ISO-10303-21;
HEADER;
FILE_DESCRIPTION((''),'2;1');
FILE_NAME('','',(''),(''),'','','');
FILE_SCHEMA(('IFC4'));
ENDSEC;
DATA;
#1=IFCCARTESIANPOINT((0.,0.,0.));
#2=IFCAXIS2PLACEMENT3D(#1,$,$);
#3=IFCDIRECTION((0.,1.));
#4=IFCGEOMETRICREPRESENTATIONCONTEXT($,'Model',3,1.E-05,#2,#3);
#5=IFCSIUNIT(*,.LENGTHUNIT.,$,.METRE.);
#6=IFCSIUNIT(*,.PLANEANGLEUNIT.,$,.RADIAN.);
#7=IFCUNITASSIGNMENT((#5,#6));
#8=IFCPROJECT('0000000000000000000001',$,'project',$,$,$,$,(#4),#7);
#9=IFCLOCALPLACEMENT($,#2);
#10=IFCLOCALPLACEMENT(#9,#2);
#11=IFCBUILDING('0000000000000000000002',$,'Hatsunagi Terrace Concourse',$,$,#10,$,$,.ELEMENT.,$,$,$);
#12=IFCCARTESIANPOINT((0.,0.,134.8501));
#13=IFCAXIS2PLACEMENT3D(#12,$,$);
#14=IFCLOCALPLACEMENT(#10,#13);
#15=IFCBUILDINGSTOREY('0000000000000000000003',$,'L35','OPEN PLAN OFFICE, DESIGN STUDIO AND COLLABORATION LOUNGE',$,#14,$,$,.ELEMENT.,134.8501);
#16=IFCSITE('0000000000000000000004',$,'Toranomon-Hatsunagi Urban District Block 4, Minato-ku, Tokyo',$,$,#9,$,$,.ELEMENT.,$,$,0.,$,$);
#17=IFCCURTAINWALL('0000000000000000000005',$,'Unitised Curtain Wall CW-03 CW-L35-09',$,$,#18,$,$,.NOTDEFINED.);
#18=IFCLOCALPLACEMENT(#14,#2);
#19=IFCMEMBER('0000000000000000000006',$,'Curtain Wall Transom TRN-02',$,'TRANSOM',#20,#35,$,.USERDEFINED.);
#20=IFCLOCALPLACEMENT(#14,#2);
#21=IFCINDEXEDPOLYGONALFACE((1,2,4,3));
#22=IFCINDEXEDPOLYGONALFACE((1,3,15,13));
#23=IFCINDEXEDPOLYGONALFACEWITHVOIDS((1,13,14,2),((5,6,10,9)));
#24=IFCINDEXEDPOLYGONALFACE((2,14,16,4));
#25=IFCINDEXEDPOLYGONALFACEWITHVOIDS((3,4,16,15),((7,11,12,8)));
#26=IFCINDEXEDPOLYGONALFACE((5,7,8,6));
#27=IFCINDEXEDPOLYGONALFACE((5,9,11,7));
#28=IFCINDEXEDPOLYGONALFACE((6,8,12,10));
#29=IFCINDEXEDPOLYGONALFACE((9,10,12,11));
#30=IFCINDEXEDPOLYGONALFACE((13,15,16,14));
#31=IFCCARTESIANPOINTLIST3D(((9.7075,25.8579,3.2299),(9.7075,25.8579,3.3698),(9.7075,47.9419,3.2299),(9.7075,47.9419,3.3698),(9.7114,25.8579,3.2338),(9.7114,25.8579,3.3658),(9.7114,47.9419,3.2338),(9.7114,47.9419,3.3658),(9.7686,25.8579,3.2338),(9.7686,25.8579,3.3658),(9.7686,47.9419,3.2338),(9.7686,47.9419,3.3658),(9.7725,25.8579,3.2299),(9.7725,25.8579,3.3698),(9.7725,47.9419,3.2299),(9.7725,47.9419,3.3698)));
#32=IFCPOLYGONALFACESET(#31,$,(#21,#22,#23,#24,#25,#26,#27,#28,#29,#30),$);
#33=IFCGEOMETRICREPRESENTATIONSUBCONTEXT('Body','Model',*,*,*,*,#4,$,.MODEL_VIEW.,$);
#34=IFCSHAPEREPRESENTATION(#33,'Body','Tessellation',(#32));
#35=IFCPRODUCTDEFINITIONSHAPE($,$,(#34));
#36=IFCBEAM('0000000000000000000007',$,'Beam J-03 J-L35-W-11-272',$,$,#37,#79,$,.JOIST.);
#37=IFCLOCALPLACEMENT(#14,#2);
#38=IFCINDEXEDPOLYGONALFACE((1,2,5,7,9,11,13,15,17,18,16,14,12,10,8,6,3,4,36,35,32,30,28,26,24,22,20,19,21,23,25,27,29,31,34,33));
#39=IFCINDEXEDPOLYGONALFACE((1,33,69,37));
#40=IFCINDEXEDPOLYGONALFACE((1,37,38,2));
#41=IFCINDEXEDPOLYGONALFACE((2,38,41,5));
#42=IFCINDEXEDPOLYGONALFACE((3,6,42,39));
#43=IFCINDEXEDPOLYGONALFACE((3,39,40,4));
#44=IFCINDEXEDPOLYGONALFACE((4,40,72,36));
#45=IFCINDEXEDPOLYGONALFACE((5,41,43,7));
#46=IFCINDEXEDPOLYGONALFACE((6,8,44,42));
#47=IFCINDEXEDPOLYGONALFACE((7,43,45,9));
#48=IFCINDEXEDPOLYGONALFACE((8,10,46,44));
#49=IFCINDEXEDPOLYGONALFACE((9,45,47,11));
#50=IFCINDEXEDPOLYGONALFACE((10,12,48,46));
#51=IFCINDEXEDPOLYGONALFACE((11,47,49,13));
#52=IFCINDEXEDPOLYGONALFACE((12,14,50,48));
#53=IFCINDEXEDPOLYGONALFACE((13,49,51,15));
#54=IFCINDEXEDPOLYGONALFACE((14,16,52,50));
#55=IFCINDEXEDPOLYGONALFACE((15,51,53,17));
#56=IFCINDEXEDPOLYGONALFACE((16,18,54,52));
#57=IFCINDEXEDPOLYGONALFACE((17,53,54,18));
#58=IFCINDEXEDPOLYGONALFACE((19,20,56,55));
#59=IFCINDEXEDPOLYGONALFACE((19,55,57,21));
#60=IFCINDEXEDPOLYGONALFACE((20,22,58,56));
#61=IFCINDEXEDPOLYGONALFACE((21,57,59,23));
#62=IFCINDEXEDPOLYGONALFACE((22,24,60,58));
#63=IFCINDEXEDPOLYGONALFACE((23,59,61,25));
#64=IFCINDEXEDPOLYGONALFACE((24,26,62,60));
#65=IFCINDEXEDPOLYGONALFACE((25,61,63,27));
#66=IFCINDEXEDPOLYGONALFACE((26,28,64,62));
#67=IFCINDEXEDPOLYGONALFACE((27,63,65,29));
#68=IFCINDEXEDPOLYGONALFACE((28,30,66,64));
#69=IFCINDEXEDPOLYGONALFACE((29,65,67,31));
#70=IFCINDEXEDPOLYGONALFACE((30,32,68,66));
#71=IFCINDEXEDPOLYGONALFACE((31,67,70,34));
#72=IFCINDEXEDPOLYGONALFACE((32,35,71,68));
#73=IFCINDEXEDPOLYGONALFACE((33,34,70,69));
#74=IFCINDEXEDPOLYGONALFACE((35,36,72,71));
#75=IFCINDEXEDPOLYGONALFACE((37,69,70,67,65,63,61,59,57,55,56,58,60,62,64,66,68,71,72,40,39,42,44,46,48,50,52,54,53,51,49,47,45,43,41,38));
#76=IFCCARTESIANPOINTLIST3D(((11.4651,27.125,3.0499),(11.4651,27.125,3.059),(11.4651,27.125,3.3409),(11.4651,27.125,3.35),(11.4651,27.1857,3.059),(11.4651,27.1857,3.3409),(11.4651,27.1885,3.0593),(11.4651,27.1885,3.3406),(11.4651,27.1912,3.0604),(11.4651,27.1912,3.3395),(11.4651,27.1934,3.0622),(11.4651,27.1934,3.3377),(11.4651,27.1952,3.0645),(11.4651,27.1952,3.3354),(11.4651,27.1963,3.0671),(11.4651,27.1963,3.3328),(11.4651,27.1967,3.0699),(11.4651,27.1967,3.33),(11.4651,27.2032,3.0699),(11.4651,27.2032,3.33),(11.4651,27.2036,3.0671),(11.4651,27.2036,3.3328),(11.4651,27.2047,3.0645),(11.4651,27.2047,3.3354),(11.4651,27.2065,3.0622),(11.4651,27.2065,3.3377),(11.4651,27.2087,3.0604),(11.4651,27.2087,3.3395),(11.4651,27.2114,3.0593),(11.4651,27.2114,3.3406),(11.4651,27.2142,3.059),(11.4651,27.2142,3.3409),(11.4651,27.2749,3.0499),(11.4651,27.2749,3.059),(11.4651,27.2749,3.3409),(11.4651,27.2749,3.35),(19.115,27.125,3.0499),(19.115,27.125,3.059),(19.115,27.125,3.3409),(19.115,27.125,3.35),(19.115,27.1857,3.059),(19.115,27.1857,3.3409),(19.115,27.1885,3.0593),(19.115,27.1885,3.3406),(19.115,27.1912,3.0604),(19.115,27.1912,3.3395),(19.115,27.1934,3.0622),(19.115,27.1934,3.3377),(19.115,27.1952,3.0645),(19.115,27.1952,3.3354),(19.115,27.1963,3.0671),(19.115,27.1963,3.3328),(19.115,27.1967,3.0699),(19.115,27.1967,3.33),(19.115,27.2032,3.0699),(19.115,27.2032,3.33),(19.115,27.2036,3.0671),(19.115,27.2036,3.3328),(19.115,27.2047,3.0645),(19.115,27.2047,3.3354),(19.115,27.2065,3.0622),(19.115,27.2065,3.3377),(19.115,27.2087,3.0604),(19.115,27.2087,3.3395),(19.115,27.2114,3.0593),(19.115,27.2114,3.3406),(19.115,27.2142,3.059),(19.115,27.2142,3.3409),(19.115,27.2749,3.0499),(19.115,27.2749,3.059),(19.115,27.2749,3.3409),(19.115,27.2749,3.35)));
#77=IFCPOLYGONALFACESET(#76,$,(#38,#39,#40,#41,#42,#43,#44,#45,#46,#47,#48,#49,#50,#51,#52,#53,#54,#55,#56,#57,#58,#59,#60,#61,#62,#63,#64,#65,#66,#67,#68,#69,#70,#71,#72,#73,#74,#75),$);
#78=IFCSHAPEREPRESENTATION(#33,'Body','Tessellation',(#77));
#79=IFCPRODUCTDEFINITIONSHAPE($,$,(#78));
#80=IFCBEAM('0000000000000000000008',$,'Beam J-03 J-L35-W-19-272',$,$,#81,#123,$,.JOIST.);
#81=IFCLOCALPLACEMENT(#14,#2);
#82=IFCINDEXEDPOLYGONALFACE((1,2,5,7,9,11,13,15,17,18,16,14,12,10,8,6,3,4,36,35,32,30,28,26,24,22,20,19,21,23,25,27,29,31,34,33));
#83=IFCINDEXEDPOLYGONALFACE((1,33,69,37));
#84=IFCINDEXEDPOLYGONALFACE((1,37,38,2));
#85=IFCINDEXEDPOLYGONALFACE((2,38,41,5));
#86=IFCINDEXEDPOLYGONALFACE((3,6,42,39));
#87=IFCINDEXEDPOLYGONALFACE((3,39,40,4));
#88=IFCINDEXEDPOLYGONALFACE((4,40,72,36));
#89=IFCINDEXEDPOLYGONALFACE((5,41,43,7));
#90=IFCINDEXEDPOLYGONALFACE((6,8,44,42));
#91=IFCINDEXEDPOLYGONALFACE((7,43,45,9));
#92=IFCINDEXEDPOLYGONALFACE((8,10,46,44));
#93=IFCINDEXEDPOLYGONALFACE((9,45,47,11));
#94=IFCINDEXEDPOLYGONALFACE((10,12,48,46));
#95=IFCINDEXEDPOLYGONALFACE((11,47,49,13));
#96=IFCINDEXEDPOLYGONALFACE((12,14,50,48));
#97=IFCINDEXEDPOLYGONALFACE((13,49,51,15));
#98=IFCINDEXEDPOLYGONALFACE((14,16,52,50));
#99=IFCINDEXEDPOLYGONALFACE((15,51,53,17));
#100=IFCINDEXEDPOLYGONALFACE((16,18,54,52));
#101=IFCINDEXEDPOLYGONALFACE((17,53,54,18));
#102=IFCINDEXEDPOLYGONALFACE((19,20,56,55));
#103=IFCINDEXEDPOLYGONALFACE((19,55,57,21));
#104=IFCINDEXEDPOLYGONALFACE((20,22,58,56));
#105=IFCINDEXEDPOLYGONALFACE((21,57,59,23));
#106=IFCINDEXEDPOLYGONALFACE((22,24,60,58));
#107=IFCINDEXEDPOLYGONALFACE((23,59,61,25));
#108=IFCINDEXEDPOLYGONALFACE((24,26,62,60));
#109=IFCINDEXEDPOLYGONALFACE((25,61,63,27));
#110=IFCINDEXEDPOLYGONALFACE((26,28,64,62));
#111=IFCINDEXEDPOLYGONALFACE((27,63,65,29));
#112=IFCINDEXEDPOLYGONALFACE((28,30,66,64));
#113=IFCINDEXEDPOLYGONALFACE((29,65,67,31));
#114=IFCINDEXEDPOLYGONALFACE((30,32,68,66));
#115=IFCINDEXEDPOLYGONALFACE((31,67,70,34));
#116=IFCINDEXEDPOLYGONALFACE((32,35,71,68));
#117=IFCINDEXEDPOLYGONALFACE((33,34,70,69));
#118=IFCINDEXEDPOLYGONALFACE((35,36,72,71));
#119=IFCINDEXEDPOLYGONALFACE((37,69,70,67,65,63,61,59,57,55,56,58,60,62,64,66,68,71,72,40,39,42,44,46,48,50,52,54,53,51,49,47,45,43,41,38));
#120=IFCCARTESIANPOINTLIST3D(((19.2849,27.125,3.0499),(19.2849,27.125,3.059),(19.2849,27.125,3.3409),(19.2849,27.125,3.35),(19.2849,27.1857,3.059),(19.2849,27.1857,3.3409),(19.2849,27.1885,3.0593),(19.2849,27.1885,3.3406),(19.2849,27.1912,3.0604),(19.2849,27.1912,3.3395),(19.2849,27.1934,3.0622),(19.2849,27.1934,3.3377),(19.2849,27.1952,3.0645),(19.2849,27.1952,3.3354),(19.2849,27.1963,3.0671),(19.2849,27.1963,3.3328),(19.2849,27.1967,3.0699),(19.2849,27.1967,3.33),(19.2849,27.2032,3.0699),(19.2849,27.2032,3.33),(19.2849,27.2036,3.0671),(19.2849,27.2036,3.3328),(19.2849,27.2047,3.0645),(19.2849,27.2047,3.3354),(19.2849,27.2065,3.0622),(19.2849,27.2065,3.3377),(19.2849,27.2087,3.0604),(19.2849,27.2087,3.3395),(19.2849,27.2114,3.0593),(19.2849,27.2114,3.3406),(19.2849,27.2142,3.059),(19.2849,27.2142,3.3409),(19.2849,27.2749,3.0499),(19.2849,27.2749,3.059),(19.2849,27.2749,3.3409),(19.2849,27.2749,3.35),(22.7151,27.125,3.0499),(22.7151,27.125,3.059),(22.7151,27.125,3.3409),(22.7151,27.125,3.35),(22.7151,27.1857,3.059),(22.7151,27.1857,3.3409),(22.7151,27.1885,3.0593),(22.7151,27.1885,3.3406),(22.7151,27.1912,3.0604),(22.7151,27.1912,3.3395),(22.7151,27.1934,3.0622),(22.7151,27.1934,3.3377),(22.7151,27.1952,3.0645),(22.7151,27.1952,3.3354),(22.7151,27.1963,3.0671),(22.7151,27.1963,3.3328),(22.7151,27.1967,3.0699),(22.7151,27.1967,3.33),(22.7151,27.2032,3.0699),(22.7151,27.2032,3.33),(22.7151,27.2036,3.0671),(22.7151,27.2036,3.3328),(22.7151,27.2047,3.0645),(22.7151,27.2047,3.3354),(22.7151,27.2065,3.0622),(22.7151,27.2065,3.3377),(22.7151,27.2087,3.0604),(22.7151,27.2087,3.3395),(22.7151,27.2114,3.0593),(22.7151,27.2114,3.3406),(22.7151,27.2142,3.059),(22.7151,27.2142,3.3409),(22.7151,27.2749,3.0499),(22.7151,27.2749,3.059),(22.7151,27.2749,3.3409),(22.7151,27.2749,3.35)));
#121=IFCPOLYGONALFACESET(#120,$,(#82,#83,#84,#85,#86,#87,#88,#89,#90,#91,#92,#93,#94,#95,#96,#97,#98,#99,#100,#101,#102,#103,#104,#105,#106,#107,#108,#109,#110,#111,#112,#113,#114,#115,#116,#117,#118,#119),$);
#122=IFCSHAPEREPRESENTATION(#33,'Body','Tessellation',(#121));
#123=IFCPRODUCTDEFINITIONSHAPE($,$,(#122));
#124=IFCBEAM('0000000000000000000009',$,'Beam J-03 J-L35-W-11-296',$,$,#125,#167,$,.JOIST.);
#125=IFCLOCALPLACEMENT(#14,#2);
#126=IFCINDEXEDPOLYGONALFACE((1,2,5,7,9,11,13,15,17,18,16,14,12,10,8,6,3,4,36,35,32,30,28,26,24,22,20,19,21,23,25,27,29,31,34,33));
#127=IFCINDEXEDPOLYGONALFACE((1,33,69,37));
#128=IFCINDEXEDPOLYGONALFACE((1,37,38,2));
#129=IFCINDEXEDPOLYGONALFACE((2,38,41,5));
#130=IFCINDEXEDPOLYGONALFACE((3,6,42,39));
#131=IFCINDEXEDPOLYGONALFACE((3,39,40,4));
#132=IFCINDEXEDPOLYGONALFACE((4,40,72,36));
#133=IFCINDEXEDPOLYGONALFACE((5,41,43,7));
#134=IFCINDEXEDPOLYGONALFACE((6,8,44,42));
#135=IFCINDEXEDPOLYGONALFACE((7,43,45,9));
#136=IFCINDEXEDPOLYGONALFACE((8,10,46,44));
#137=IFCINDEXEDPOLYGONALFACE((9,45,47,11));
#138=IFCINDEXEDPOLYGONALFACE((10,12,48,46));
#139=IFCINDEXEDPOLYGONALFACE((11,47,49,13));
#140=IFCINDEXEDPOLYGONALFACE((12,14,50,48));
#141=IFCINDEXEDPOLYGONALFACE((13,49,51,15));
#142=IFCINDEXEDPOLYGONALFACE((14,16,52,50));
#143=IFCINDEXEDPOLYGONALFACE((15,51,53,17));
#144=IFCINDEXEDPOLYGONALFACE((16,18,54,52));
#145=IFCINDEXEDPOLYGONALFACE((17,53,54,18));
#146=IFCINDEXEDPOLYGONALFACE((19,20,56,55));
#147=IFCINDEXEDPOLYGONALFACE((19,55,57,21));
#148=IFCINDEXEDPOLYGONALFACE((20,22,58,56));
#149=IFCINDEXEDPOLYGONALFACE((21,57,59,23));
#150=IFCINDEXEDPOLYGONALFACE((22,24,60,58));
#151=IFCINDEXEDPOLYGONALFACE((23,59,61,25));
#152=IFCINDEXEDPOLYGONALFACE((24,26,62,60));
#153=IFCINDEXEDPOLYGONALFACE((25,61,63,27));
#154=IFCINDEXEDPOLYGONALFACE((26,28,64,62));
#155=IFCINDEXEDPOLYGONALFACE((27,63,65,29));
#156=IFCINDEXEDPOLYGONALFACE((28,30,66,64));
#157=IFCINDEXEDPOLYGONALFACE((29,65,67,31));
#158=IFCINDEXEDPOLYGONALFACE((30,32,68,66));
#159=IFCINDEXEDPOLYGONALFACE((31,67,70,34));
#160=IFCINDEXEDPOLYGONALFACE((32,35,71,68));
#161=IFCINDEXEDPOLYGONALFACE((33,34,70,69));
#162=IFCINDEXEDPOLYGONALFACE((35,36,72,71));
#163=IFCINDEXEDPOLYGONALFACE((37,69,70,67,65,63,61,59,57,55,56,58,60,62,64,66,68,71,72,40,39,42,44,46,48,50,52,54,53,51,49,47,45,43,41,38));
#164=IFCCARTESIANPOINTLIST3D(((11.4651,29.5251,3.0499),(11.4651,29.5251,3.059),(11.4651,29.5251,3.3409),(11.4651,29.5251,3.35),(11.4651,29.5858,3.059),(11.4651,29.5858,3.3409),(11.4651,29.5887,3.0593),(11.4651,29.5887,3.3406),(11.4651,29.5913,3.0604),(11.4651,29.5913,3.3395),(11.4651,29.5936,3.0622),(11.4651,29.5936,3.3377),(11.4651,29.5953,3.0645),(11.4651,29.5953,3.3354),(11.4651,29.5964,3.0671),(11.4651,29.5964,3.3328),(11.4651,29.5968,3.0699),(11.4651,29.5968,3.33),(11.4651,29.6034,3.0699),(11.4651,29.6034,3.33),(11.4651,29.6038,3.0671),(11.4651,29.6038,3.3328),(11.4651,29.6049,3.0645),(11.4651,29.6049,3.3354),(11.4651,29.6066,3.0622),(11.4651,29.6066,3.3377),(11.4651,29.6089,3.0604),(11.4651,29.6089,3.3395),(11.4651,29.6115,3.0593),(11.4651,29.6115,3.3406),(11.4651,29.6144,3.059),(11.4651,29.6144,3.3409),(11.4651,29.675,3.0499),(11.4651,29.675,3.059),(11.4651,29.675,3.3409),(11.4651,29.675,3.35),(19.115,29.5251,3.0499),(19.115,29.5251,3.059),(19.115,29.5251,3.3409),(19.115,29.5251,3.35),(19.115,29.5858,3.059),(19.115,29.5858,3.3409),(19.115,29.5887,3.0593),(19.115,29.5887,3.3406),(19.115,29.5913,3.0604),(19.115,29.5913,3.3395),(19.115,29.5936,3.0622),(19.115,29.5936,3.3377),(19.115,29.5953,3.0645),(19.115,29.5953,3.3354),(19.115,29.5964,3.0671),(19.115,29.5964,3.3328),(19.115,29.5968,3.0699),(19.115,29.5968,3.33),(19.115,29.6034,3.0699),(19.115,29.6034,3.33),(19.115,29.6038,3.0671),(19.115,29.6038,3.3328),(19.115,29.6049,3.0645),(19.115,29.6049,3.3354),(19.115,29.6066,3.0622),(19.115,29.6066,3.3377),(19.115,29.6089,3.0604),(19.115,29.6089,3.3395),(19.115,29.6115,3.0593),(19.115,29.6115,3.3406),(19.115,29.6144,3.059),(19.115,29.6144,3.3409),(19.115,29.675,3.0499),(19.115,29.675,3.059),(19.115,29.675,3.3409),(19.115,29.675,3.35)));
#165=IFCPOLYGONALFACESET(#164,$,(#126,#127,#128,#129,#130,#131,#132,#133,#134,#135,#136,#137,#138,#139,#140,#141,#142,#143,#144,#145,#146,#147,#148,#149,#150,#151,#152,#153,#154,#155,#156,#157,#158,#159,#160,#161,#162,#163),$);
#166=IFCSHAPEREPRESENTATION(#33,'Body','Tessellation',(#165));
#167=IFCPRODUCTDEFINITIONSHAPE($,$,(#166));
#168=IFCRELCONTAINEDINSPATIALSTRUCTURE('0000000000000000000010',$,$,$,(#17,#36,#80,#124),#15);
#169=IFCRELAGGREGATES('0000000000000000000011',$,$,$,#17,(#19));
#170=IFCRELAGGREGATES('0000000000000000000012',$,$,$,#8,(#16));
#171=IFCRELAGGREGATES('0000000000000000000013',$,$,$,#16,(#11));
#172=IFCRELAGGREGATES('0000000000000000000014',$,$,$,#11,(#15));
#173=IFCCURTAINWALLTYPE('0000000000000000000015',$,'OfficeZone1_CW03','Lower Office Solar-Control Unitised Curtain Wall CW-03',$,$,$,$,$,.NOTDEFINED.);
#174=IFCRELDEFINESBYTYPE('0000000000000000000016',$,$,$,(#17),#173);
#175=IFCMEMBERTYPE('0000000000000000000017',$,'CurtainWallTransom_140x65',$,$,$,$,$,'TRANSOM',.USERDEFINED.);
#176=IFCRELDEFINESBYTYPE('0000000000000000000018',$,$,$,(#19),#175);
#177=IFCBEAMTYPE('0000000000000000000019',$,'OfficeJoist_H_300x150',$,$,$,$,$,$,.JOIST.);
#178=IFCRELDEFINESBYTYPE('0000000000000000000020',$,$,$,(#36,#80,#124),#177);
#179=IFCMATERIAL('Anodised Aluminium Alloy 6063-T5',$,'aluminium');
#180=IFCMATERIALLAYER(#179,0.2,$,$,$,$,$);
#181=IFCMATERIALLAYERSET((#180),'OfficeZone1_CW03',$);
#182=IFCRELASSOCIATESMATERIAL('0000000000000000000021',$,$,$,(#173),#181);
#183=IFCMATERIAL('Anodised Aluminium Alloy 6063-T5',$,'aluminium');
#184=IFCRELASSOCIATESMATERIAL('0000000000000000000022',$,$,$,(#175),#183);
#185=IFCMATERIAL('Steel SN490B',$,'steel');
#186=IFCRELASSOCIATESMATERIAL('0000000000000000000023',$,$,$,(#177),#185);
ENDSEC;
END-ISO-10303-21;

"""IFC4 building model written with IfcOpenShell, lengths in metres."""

from ifc_helpers import new_model, si_unit, direction, frame, origin, origin_2d, place, context, subcontext, project, spatial, hollow_rectangle, i_section, extrude, material, layer, layer_set, material_profile, profile_set, type_object, element, aggregate, save


model = new_model("IFC4")

# Units and contexts
model_context = context("Model", 3, precision=1e-05, world=origin(), true_north=direction((0.0, 1.0)))
body_context = subcontext(model_context, "Body", "Model", "MODEL_VIEW")
ifc_project = project(units=[si_unit("LENGTHUNIT", "METRE"), si_unit("PLANEANGLEUNIT", "RADIAN")], contexts=[model_context])

# Site, building, storey
site_placement = place(None, origin())
site = spatial("IfcSite", under=ifc_project, at=site_placement, Name="Toranomon-Hatsunagi Urban District Block 4, Minato-ku, Tokyo", CompositionType="ELEMENT", RefElevation=0.0)
building_placement = place(site_placement, origin())
building = spatial("IfcBuilding", under=site, at=building_placement, Name="Hatsunagi Terrace Concourse", CompositionType="ELEMENT")
storey_placement = place(building_placement, frame((0.0, 0.0, 134.8501)))
storey = spatial("IfcBuildingStorey", under=building, at=storey_placement, Name="L35", Description="OPEN PLAN OFFICE, DESIGN STUDIO AND COLLABORATION LOUNGE", CompositionType="ELEMENT", Elevation=134.8501)

# Curtain wall, member
ifc_material_1 = material(Name="Anodised Aluminium Alloy 6063-T5", Category="aluminium")
ifc_layer_1 = layer(ifc_material_1, 0.2)
ifc_layer_set_1 = layer_set([ifc_layer_1], Name="OfficeZone1_CW03")
curtain_wall_type = type_object("IfcCurtainWallType", Name="OfficeZone1_CW03", Description="Lower Office Solar-Control Unitised Curtain Wall CW-03", PredefinedType="NOTDEFINED", material=ifc_layer_set_1)
curtain_wall_placement = place(storey_placement, origin())
curtain_wall = element("IfcCurtainWall", 1, at=curtain_wall_placement, inside=storey, type_object=curtain_wall_type, Name="Unitised Curtain Wall CW-03 CW-L35-09", PredefinedType="NOTDEFINED")
ifc_material_2 = material(Name="Anodised Aluminium Alloy 6063-T5", Category="aluminium")
ifc_material_profile_1 = material_profile(ifc_material_2, hollow_rectangle(XDim=0.0649, YDim=0.1399, WallThickness=0.0039, at=origin_2d()), Name="ALU-TRN-140x65x4")
ifc_profile_set_1 = profile_set([ifc_material_profile_1], Name="Anodised Aluminium Alloy 6063-T5")
member_type_1 = type_object("IfcMemberType", Name="CurtainWallTransom_140x65", ElementType="TRANSOM", PredefinedType="USERDEFINED", material=ifc_profile_set_1)
member_1_placement = place(storey_placement, frame((9.74, 25.8579, 3.2998), z_axis=(0.0, 1.0, 0.0), x_axis=(-1.0, 0.0, 0.0)))
member_1 = element("IfcMember", 2, at=member_1_placement, type_object=member_type_1, Name="Curtain Wall Transom TRN-02", ObjectType="TRANSOM", PredefinedType="USERDEFINED", context=body_context, shape_type="SweptSolid", body=[
    extrude(hollow_rectangle(XDim=0.0649, YDim=0.1399, WallThickness=0.0039, at=origin_2d()), origin(), (0.0, 0.0, 1.0), 22.084),
])

# Beams
ifc_material_3 = material(Name="Steel SN490B", Category="steel")
ifc_material_profile_2 = material_profile(ifc_material_3, i_section(OverallWidth=0.1499, OverallDepth=0.3, WebThickness=0.0066, FlangeThickness=0.009, FilletRadius=0.011, at=origin_2d()), Name="H-300x150x6.5x9")
ifc_profile_set_2 = profile_set([ifc_material_profile_2], Name="Steel SN490B")
beam_type_1 = type_object("IfcBeamType", Name="OfficeJoist_H_300x150", PredefinedType="JOIST", material=ifc_profile_set_2)
beam_1_placement = place(storey_placement, frame((11.4651, 27.2, 3.2), z_axis=(1.0, 0.0, 0.0), x_axis=(0.0, 1.0, 0.0)))
element("IfcBeam", 3, at=beam_1_placement, inside=storey, type_object=beam_type_1, Name="Beam J-03 J-L35-W-11-272", PredefinedType="JOIST", context=body_context, shape_type="SweptSolid", body=[
    extrude(i_section(OverallWidth=0.1499, OverallDepth=0.3, WebThickness=0.0066, FlangeThickness=0.009, FilletRadius=0.011, at=origin_2d()), origin(), (0.0, 0.0, 1.0), 7.6499),
])
beam_2_placement = place(storey_placement, frame((19.2849, 27.2, 3.2), z_axis=(1.0, 0.0, 0.0), x_axis=(0.0, 1.0, 0.0)))
element("IfcBeam", 4, at=beam_2_placement, inside=storey, type_object=beam_type_1, Name="Beam J-03 J-L35-W-19-272", PredefinedType="JOIST", context=body_context, shape_type="SweptSolid", body=[
    extrude(i_section(OverallWidth=0.1499, OverallDepth=0.3, WebThickness=0.0066, FlangeThickness=0.009, FilletRadius=0.011, at=origin_2d()), origin(), (0.0, 0.0, 1.0), 3.4302),
])
beam_3_placement = place(storey_placement, frame((11.4651, 29.6001, 3.2), z_axis=(1.0, 0.0, 0.0), x_axis=(0.0, 1.0, 0.0)))
element("IfcBeam", 5, at=beam_3_placement, inside=storey, type_object=beam_type_1, Name="Beam J-03 J-L35-W-11-296", PredefinedType="JOIST", context=body_context, shape_type="SweptSolid", body=[
    extrude(i_section(OverallWidth=0.1499, OverallDepth=0.3, WebThickness=0.0066, FlangeThickness=0.009, FilletRadius=0.011, at=origin_2d()), origin(), (0.0, 0.0, 1.0), 7.6499),
])

aggregate(curtain_wall, [member_1])

save(model, "model.ifc")
